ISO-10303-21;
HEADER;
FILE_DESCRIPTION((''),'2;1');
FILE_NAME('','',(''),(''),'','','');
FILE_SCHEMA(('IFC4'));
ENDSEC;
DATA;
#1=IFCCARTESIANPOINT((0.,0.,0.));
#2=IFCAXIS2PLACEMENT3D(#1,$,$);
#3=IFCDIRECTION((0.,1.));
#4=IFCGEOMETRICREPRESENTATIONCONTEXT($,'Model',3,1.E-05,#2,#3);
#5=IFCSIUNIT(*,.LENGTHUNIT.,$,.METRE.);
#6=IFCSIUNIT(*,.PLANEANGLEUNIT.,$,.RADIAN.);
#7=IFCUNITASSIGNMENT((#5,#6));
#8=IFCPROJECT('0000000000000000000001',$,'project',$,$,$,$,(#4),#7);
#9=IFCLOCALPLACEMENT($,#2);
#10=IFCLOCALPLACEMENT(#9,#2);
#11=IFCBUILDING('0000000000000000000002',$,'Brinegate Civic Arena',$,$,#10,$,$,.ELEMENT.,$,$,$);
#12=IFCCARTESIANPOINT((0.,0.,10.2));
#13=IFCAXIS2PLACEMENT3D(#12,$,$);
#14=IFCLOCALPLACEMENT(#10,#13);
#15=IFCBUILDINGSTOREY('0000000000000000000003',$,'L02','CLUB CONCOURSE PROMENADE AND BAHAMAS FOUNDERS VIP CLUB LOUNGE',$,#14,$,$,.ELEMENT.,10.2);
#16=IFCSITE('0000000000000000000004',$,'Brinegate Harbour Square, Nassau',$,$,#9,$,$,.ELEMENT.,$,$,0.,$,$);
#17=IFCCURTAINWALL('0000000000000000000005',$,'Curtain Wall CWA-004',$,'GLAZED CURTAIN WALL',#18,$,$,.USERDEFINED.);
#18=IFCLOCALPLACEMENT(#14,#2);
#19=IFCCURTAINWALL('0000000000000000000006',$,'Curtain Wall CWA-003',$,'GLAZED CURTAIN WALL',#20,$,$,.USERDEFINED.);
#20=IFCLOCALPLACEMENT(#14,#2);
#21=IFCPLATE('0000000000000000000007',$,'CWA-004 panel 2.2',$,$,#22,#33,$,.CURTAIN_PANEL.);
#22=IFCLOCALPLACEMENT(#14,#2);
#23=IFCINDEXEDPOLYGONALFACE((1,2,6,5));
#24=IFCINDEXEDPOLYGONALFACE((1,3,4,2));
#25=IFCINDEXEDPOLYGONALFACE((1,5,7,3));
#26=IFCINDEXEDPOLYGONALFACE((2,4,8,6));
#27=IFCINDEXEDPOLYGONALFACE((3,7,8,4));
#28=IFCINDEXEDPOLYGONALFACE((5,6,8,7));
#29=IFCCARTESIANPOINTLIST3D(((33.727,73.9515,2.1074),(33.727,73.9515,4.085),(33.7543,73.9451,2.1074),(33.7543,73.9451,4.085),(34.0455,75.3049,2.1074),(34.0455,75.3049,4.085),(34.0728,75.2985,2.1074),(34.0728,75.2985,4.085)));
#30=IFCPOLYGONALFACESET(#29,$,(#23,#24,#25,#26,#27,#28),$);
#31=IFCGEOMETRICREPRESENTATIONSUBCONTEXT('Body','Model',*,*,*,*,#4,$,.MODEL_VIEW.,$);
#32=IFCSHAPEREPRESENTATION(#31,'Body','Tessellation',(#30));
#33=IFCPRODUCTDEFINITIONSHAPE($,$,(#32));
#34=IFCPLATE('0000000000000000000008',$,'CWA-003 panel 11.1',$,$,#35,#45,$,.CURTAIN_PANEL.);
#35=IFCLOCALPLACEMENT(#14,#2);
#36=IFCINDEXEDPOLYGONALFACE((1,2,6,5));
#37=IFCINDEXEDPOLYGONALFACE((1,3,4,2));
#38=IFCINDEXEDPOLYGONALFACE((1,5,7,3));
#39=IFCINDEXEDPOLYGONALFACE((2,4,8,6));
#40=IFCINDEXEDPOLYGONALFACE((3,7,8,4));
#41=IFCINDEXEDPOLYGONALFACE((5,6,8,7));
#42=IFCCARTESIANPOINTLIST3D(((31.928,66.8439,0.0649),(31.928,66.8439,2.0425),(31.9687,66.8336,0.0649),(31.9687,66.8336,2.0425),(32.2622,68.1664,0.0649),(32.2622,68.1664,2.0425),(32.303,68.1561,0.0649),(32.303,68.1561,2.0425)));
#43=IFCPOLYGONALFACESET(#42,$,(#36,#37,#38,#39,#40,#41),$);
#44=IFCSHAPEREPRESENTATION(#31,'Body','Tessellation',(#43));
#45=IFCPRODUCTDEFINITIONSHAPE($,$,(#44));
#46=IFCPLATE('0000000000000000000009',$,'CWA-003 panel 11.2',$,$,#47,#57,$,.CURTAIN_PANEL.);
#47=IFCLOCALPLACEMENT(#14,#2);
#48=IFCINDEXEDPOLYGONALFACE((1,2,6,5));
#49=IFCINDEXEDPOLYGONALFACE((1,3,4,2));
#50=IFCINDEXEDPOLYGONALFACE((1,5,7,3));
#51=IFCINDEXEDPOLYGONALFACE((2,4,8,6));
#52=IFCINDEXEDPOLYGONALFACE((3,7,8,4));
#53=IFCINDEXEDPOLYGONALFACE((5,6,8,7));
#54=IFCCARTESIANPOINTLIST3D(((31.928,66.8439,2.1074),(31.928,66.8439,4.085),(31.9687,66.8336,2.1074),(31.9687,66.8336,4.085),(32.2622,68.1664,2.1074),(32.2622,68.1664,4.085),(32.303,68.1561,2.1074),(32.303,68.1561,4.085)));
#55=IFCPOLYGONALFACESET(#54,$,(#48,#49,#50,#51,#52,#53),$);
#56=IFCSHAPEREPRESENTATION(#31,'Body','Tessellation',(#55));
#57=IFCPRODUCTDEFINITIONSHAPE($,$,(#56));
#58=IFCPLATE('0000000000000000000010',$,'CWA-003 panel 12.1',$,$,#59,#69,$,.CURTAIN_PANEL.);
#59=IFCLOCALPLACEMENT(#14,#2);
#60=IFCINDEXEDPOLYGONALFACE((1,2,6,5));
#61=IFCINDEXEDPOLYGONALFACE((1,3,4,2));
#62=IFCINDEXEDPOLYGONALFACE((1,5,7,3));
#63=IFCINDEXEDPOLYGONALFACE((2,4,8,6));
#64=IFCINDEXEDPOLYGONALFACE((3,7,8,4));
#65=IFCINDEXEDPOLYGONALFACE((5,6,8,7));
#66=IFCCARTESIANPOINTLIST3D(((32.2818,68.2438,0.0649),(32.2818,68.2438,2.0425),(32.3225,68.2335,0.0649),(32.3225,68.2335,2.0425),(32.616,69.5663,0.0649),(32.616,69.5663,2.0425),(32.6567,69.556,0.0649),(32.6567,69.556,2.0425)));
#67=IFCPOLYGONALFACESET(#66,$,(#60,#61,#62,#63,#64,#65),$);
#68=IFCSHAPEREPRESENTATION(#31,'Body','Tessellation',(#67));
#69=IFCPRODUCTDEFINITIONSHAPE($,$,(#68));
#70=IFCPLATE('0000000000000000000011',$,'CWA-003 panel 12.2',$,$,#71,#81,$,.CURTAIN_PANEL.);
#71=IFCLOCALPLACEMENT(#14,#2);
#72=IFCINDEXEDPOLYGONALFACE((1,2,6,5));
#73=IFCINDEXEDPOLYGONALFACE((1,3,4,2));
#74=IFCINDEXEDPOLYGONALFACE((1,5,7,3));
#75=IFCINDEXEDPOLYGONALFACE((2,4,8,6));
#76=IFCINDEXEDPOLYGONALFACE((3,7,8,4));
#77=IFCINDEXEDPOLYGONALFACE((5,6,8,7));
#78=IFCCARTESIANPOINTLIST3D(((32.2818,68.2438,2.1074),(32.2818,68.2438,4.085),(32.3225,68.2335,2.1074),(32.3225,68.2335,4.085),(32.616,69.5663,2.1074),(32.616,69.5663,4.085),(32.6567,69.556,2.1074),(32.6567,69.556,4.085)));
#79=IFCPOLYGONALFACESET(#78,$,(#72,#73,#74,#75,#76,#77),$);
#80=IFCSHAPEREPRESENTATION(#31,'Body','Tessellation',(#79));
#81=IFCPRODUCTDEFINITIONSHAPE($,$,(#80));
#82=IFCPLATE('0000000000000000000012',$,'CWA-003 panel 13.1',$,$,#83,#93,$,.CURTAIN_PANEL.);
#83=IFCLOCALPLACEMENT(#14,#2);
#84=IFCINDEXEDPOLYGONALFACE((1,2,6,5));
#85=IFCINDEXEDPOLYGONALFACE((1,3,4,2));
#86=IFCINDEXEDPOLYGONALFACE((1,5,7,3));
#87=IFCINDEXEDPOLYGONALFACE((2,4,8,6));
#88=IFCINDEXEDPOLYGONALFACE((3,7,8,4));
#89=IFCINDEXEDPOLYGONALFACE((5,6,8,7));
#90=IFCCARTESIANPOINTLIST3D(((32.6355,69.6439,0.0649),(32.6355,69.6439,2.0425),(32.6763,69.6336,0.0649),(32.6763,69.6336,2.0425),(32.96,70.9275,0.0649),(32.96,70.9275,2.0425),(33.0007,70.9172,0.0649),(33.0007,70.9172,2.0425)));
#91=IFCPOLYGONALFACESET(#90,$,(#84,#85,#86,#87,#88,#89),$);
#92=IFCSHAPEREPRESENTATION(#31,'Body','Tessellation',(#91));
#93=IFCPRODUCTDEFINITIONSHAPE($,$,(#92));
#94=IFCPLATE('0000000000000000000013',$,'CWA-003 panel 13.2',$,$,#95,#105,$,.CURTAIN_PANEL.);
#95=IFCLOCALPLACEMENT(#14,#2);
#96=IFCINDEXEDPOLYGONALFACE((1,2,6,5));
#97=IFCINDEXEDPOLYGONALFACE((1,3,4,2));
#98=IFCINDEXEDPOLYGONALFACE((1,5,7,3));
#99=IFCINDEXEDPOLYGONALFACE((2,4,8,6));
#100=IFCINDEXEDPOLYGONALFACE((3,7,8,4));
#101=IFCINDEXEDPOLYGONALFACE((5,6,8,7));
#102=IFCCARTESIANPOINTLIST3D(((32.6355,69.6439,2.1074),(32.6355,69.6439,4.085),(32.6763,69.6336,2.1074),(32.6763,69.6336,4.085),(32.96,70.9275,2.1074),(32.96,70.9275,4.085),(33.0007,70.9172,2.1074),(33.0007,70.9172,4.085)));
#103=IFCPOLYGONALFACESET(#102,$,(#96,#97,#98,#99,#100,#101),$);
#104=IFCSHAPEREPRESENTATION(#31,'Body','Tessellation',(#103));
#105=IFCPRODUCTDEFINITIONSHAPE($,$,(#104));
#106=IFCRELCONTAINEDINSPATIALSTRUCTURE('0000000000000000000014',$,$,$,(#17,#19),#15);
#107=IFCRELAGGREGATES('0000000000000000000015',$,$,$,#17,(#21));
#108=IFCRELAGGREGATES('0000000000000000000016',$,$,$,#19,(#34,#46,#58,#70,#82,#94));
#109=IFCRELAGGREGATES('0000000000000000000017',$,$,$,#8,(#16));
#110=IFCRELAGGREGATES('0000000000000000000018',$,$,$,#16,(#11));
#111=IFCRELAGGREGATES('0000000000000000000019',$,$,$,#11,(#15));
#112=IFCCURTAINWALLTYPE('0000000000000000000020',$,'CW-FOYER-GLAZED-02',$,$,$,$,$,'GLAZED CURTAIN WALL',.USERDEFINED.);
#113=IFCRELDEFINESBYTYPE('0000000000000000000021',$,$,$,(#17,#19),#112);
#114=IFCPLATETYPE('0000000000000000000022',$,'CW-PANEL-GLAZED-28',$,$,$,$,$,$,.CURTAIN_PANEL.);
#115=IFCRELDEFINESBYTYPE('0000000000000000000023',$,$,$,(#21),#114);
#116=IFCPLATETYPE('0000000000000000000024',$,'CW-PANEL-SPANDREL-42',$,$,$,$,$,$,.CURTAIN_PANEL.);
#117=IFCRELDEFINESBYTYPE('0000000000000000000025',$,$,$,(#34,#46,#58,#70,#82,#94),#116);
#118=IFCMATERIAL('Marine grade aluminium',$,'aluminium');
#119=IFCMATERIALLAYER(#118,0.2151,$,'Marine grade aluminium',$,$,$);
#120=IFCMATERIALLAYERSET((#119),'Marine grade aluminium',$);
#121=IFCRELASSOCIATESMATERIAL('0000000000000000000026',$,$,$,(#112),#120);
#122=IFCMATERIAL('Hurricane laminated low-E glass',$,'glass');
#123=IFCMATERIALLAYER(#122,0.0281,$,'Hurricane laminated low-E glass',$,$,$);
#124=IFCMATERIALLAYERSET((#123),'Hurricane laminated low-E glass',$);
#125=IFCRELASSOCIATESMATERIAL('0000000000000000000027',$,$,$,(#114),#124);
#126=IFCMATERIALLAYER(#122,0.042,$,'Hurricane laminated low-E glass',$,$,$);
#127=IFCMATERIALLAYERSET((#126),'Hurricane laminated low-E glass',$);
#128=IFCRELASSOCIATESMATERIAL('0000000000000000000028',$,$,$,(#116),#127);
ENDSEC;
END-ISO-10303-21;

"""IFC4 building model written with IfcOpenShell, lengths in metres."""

from ifc_helpers import new_model, si_unit, direction, frame, origin, origin_2d, place, context, subcontext, project, spatial, rectangle, extrude, material, layer, layer_set, type_object, element, aggregate, save


model = new_model("IFC4")

# Units and contexts
model_context = context("Model", 3, precision=1e-05, world=origin(), true_north=direction((0.0, 1.0)))
body_context = subcontext(model_context, "Body", "Model", "MODEL_VIEW")
ifc_project = project(units=[si_unit("LENGTHUNIT", "METRE"), si_unit("PLANEANGLEUNIT", "RADIAN")], contexts=[model_context])

# Site, building, storey
site_placement = place(None, origin())
site = spatial("IfcSite", under=ifc_project, at=site_placement, Name="Brinegate Harbour Square, Nassau", CompositionType="ELEMENT", RefElevation=0.0)
building_placement = place(site_placement, origin())
building = spatial("IfcBuilding", under=site, at=building_placement, Name="Brinegate Civic Arena", CompositionType="ELEMENT")
storey_placement = place(building_placement, frame((0.0, 0.0, 10.2)))
storey = spatial("IfcBuildingStorey", under=building, at=storey_placement, Name="L02", Description="CLUB CONCOURSE PROMENADE AND BAHAMAS FOUNDERS VIP CLUB LOUNGE", CompositionType="ELEMENT", Elevation=10.2)

# Curtain wall
ifc_material_1 = material(Name="Marine grade aluminium", Category="aluminium")
ifc_layer_1 = layer(ifc_material_1, 0.2151, Name="Marine grade aluminium")
ifc_layer_set_1 = layer_set([ifc_layer_1], Name="Marine grade aluminium")
curtain_wall_type_1 = type_object("IfcCurtainWallType", Name="CW-FOYER-GLAZED-02", ElementType="GLAZED CURTAIN WALL", PredefinedType="USERDEFINED", material=ifc_layer_set_1)
curtain_wall_1_placement = place(storey_placement, origin())
curtain_wall_1 = element("IfcCurtainWall", 1, at=curtain_wall_1_placement, inside=storey, type_object=curtain_wall_type_1, Name="Curtain Wall CWA-004", ObjectType="GLAZED CURTAIN WALL", PredefinedType="USERDEFINED")

# Curtain wall
curtain_wall_2_placement = place(storey_placement, origin())
curtain_wall_2 = element("IfcCurtainWall", 2, at=curtain_wall_2_placement, inside=storey, type_object=curtain_wall_type_1, Name="Curtain Wall CWA-003", ObjectType="GLAZED CURTAIN WALL", PredefinedType="USERDEFINED")

# Plates
ifc_material_2 = material(Name="Hurricane laminated low-E glass", Category="glass")
ifc_layer_2 = layer(ifc_material_2, 0.0281, Name="Hurricane laminated low-E glass")
ifc_layer_set_2 = layer_set([ifc_layer_2], Name="Hurricane laminated low-E glass")
plate_type_1 = type_object("IfcPlateType", Name="CW-PANEL-GLAZED-28", PredefinedType="CURTAIN_PANEL", material=ifc_layer_set_2)
plate_1_placement = place(storey_placement, frame((33.8999, 74.625, 2.1074), z_axis=(0.0, 0.0, 1.0), x_axis=(0.229039, 0.973417, 0.0)))
plate_1 = element("IfcPlate", 3, at=plate_1_placement, type_object=plate_type_1, Name="CWA-004 panel 2.2", PredefinedType="CURTAIN_PANEL", context=body_context, shape_type="SweptSolid", body=[
    extrude(rectangle(XDim=1.3904, YDim=0.0281, at=origin_2d()), origin(), (0.0, 0.0, 1.0), 1.9775),
])
aggregate(curtain_wall_1, [plate_1])
ifc_layer_3 = layer(ifc_material_2, 0.042, Name="Hurricane laminated low-E glass")
ifc_layer_set_3 = layer_set([ifc_layer_3], Name="Hurricane laminated low-E glass")
plate_type_2 = type_object("IfcPlateType", Name="CW-PANEL-SPANDREL-42", PredefinedType="CURTAIN_PANEL", material=ifc_layer_set_3)
plate_2_placement = place(storey_placement, frame((32.1155, 67.5, 0.0649), z_axis=(0.0, 0.0, 1.0), x_axis=(0.245042, 0.969513, 0.0)))
plate_2 = element("IfcPlate", 4, at=plate_2_placement, type_object=plate_type_2, Name="CWA-003 panel 11.1", PredefinedType="CURTAIN_PANEL", context=body_context, shape_type="SweptSolid", body=[
    extrude(rectangle(XDim=1.364, YDim=0.042, at=origin_2d()), origin(), (0.0, 0.0, 1.0), 1.9775),
])
plate_3_placement = place(storey_placement, frame((32.1155, 67.5, 2.1074), z_axis=(0.0, 0.0, 1.0), x_axis=(0.245042, 0.969513, 0.0)))
plate_3 = element("IfcPlate", 5, at=plate_3_placement, type_object=plate_type_2, Name="CWA-003 panel 11.2", PredefinedType="CURTAIN_PANEL", context=body_context, shape_type="SweptSolid", body=[
    extrude(rectangle(XDim=1.364, YDim=0.042, at=origin_2d()), origin(), (0.0, 0.0, 1.0), 1.9775),
])
plate_4_placement = place(storey_placement, frame((32.4692, 68.8999, 0.0649), z_axis=(0.0, 0.0, 1.0), x_axis=(0.245042, 0.969513, 0.0)))
plate_4 = element("IfcPlate", 6, at=plate_4_placement, type_object=plate_type_2, Name="CWA-003 panel 12.1", PredefinedType="CURTAIN_PANEL", context=body_context, shape_type="SweptSolid", body=[
    extrude(rectangle(XDim=1.364, YDim=0.042, at=origin_2d()), origin(), (0.0, 0.0, 1.0), 1.9775),
])
plate_5_placement = place(storey_placement, frame((32.4692, 68.8999, 2.1074), z_axis=(0.0, 0.0, 1.0), x_axis=(0.245042, 0.969513, 0.0)))
plate_5 = element("IfcPlate", 7, at=plate_5_placement, type_object=plate_type_2, Name="CWA-003 panel 12.2", PredefinedType="CURTAIN_PANEL", context=body_context, shape_type="SweptSolid", body=[
    extrude(rectangle(XDim=1.364, YDim=0.042, at=origin_2d()), origin(), (0.0, 0.0, 1.0), 1.9775),
])
plate_6_placement = place(storey_placement, frame((32.8181, 70.2805, 0.0649), z_axis=(0.0, 0.0, 1.0), x_axis=(0.245042, 0.969513, 0.0)))
plate_6 = element("IfcPlate", 8, at=plate_6_placement, type_object=plate_type_2, Name="CWA-003 panel 13.1", PredefinedType="CURTAIN_PANEL", context=body_context, shape_type="SweptSolid", body=[
    extrude(rectangle(XDim=1.324, YDim=0.042, at=origin_2d()), origin(), (0.0, 0.0, 1.0), 1.9775),
])
plate_7_placement = place(storey_placement, frame((32.8181, 70.2805, 2.1074), z_axis=(0.0, 0.0, 1.0), x_axis=(0.245042, 0.969513, 0.0)))
plate_7 = element("IfcPlate", 9, at=plate_7_placement, type_object=plate_type_2, Name="CWA-003 panel 13.2", PredefinedType="CURTAIN_PANEL", context=body_context, shape_type="SweptSolid", body=[
    extrude(rectangle(XDim=1.324, YDim=0.042, at=origin_2d()), origin(), (0.0, 0.0, 1.0), 1.9775),
])
aggregate(curtain_wall_2, [plate_2, plate_3, plate_4, plate_5, plate_6, plate_7])

save(model, "model.ifc")
